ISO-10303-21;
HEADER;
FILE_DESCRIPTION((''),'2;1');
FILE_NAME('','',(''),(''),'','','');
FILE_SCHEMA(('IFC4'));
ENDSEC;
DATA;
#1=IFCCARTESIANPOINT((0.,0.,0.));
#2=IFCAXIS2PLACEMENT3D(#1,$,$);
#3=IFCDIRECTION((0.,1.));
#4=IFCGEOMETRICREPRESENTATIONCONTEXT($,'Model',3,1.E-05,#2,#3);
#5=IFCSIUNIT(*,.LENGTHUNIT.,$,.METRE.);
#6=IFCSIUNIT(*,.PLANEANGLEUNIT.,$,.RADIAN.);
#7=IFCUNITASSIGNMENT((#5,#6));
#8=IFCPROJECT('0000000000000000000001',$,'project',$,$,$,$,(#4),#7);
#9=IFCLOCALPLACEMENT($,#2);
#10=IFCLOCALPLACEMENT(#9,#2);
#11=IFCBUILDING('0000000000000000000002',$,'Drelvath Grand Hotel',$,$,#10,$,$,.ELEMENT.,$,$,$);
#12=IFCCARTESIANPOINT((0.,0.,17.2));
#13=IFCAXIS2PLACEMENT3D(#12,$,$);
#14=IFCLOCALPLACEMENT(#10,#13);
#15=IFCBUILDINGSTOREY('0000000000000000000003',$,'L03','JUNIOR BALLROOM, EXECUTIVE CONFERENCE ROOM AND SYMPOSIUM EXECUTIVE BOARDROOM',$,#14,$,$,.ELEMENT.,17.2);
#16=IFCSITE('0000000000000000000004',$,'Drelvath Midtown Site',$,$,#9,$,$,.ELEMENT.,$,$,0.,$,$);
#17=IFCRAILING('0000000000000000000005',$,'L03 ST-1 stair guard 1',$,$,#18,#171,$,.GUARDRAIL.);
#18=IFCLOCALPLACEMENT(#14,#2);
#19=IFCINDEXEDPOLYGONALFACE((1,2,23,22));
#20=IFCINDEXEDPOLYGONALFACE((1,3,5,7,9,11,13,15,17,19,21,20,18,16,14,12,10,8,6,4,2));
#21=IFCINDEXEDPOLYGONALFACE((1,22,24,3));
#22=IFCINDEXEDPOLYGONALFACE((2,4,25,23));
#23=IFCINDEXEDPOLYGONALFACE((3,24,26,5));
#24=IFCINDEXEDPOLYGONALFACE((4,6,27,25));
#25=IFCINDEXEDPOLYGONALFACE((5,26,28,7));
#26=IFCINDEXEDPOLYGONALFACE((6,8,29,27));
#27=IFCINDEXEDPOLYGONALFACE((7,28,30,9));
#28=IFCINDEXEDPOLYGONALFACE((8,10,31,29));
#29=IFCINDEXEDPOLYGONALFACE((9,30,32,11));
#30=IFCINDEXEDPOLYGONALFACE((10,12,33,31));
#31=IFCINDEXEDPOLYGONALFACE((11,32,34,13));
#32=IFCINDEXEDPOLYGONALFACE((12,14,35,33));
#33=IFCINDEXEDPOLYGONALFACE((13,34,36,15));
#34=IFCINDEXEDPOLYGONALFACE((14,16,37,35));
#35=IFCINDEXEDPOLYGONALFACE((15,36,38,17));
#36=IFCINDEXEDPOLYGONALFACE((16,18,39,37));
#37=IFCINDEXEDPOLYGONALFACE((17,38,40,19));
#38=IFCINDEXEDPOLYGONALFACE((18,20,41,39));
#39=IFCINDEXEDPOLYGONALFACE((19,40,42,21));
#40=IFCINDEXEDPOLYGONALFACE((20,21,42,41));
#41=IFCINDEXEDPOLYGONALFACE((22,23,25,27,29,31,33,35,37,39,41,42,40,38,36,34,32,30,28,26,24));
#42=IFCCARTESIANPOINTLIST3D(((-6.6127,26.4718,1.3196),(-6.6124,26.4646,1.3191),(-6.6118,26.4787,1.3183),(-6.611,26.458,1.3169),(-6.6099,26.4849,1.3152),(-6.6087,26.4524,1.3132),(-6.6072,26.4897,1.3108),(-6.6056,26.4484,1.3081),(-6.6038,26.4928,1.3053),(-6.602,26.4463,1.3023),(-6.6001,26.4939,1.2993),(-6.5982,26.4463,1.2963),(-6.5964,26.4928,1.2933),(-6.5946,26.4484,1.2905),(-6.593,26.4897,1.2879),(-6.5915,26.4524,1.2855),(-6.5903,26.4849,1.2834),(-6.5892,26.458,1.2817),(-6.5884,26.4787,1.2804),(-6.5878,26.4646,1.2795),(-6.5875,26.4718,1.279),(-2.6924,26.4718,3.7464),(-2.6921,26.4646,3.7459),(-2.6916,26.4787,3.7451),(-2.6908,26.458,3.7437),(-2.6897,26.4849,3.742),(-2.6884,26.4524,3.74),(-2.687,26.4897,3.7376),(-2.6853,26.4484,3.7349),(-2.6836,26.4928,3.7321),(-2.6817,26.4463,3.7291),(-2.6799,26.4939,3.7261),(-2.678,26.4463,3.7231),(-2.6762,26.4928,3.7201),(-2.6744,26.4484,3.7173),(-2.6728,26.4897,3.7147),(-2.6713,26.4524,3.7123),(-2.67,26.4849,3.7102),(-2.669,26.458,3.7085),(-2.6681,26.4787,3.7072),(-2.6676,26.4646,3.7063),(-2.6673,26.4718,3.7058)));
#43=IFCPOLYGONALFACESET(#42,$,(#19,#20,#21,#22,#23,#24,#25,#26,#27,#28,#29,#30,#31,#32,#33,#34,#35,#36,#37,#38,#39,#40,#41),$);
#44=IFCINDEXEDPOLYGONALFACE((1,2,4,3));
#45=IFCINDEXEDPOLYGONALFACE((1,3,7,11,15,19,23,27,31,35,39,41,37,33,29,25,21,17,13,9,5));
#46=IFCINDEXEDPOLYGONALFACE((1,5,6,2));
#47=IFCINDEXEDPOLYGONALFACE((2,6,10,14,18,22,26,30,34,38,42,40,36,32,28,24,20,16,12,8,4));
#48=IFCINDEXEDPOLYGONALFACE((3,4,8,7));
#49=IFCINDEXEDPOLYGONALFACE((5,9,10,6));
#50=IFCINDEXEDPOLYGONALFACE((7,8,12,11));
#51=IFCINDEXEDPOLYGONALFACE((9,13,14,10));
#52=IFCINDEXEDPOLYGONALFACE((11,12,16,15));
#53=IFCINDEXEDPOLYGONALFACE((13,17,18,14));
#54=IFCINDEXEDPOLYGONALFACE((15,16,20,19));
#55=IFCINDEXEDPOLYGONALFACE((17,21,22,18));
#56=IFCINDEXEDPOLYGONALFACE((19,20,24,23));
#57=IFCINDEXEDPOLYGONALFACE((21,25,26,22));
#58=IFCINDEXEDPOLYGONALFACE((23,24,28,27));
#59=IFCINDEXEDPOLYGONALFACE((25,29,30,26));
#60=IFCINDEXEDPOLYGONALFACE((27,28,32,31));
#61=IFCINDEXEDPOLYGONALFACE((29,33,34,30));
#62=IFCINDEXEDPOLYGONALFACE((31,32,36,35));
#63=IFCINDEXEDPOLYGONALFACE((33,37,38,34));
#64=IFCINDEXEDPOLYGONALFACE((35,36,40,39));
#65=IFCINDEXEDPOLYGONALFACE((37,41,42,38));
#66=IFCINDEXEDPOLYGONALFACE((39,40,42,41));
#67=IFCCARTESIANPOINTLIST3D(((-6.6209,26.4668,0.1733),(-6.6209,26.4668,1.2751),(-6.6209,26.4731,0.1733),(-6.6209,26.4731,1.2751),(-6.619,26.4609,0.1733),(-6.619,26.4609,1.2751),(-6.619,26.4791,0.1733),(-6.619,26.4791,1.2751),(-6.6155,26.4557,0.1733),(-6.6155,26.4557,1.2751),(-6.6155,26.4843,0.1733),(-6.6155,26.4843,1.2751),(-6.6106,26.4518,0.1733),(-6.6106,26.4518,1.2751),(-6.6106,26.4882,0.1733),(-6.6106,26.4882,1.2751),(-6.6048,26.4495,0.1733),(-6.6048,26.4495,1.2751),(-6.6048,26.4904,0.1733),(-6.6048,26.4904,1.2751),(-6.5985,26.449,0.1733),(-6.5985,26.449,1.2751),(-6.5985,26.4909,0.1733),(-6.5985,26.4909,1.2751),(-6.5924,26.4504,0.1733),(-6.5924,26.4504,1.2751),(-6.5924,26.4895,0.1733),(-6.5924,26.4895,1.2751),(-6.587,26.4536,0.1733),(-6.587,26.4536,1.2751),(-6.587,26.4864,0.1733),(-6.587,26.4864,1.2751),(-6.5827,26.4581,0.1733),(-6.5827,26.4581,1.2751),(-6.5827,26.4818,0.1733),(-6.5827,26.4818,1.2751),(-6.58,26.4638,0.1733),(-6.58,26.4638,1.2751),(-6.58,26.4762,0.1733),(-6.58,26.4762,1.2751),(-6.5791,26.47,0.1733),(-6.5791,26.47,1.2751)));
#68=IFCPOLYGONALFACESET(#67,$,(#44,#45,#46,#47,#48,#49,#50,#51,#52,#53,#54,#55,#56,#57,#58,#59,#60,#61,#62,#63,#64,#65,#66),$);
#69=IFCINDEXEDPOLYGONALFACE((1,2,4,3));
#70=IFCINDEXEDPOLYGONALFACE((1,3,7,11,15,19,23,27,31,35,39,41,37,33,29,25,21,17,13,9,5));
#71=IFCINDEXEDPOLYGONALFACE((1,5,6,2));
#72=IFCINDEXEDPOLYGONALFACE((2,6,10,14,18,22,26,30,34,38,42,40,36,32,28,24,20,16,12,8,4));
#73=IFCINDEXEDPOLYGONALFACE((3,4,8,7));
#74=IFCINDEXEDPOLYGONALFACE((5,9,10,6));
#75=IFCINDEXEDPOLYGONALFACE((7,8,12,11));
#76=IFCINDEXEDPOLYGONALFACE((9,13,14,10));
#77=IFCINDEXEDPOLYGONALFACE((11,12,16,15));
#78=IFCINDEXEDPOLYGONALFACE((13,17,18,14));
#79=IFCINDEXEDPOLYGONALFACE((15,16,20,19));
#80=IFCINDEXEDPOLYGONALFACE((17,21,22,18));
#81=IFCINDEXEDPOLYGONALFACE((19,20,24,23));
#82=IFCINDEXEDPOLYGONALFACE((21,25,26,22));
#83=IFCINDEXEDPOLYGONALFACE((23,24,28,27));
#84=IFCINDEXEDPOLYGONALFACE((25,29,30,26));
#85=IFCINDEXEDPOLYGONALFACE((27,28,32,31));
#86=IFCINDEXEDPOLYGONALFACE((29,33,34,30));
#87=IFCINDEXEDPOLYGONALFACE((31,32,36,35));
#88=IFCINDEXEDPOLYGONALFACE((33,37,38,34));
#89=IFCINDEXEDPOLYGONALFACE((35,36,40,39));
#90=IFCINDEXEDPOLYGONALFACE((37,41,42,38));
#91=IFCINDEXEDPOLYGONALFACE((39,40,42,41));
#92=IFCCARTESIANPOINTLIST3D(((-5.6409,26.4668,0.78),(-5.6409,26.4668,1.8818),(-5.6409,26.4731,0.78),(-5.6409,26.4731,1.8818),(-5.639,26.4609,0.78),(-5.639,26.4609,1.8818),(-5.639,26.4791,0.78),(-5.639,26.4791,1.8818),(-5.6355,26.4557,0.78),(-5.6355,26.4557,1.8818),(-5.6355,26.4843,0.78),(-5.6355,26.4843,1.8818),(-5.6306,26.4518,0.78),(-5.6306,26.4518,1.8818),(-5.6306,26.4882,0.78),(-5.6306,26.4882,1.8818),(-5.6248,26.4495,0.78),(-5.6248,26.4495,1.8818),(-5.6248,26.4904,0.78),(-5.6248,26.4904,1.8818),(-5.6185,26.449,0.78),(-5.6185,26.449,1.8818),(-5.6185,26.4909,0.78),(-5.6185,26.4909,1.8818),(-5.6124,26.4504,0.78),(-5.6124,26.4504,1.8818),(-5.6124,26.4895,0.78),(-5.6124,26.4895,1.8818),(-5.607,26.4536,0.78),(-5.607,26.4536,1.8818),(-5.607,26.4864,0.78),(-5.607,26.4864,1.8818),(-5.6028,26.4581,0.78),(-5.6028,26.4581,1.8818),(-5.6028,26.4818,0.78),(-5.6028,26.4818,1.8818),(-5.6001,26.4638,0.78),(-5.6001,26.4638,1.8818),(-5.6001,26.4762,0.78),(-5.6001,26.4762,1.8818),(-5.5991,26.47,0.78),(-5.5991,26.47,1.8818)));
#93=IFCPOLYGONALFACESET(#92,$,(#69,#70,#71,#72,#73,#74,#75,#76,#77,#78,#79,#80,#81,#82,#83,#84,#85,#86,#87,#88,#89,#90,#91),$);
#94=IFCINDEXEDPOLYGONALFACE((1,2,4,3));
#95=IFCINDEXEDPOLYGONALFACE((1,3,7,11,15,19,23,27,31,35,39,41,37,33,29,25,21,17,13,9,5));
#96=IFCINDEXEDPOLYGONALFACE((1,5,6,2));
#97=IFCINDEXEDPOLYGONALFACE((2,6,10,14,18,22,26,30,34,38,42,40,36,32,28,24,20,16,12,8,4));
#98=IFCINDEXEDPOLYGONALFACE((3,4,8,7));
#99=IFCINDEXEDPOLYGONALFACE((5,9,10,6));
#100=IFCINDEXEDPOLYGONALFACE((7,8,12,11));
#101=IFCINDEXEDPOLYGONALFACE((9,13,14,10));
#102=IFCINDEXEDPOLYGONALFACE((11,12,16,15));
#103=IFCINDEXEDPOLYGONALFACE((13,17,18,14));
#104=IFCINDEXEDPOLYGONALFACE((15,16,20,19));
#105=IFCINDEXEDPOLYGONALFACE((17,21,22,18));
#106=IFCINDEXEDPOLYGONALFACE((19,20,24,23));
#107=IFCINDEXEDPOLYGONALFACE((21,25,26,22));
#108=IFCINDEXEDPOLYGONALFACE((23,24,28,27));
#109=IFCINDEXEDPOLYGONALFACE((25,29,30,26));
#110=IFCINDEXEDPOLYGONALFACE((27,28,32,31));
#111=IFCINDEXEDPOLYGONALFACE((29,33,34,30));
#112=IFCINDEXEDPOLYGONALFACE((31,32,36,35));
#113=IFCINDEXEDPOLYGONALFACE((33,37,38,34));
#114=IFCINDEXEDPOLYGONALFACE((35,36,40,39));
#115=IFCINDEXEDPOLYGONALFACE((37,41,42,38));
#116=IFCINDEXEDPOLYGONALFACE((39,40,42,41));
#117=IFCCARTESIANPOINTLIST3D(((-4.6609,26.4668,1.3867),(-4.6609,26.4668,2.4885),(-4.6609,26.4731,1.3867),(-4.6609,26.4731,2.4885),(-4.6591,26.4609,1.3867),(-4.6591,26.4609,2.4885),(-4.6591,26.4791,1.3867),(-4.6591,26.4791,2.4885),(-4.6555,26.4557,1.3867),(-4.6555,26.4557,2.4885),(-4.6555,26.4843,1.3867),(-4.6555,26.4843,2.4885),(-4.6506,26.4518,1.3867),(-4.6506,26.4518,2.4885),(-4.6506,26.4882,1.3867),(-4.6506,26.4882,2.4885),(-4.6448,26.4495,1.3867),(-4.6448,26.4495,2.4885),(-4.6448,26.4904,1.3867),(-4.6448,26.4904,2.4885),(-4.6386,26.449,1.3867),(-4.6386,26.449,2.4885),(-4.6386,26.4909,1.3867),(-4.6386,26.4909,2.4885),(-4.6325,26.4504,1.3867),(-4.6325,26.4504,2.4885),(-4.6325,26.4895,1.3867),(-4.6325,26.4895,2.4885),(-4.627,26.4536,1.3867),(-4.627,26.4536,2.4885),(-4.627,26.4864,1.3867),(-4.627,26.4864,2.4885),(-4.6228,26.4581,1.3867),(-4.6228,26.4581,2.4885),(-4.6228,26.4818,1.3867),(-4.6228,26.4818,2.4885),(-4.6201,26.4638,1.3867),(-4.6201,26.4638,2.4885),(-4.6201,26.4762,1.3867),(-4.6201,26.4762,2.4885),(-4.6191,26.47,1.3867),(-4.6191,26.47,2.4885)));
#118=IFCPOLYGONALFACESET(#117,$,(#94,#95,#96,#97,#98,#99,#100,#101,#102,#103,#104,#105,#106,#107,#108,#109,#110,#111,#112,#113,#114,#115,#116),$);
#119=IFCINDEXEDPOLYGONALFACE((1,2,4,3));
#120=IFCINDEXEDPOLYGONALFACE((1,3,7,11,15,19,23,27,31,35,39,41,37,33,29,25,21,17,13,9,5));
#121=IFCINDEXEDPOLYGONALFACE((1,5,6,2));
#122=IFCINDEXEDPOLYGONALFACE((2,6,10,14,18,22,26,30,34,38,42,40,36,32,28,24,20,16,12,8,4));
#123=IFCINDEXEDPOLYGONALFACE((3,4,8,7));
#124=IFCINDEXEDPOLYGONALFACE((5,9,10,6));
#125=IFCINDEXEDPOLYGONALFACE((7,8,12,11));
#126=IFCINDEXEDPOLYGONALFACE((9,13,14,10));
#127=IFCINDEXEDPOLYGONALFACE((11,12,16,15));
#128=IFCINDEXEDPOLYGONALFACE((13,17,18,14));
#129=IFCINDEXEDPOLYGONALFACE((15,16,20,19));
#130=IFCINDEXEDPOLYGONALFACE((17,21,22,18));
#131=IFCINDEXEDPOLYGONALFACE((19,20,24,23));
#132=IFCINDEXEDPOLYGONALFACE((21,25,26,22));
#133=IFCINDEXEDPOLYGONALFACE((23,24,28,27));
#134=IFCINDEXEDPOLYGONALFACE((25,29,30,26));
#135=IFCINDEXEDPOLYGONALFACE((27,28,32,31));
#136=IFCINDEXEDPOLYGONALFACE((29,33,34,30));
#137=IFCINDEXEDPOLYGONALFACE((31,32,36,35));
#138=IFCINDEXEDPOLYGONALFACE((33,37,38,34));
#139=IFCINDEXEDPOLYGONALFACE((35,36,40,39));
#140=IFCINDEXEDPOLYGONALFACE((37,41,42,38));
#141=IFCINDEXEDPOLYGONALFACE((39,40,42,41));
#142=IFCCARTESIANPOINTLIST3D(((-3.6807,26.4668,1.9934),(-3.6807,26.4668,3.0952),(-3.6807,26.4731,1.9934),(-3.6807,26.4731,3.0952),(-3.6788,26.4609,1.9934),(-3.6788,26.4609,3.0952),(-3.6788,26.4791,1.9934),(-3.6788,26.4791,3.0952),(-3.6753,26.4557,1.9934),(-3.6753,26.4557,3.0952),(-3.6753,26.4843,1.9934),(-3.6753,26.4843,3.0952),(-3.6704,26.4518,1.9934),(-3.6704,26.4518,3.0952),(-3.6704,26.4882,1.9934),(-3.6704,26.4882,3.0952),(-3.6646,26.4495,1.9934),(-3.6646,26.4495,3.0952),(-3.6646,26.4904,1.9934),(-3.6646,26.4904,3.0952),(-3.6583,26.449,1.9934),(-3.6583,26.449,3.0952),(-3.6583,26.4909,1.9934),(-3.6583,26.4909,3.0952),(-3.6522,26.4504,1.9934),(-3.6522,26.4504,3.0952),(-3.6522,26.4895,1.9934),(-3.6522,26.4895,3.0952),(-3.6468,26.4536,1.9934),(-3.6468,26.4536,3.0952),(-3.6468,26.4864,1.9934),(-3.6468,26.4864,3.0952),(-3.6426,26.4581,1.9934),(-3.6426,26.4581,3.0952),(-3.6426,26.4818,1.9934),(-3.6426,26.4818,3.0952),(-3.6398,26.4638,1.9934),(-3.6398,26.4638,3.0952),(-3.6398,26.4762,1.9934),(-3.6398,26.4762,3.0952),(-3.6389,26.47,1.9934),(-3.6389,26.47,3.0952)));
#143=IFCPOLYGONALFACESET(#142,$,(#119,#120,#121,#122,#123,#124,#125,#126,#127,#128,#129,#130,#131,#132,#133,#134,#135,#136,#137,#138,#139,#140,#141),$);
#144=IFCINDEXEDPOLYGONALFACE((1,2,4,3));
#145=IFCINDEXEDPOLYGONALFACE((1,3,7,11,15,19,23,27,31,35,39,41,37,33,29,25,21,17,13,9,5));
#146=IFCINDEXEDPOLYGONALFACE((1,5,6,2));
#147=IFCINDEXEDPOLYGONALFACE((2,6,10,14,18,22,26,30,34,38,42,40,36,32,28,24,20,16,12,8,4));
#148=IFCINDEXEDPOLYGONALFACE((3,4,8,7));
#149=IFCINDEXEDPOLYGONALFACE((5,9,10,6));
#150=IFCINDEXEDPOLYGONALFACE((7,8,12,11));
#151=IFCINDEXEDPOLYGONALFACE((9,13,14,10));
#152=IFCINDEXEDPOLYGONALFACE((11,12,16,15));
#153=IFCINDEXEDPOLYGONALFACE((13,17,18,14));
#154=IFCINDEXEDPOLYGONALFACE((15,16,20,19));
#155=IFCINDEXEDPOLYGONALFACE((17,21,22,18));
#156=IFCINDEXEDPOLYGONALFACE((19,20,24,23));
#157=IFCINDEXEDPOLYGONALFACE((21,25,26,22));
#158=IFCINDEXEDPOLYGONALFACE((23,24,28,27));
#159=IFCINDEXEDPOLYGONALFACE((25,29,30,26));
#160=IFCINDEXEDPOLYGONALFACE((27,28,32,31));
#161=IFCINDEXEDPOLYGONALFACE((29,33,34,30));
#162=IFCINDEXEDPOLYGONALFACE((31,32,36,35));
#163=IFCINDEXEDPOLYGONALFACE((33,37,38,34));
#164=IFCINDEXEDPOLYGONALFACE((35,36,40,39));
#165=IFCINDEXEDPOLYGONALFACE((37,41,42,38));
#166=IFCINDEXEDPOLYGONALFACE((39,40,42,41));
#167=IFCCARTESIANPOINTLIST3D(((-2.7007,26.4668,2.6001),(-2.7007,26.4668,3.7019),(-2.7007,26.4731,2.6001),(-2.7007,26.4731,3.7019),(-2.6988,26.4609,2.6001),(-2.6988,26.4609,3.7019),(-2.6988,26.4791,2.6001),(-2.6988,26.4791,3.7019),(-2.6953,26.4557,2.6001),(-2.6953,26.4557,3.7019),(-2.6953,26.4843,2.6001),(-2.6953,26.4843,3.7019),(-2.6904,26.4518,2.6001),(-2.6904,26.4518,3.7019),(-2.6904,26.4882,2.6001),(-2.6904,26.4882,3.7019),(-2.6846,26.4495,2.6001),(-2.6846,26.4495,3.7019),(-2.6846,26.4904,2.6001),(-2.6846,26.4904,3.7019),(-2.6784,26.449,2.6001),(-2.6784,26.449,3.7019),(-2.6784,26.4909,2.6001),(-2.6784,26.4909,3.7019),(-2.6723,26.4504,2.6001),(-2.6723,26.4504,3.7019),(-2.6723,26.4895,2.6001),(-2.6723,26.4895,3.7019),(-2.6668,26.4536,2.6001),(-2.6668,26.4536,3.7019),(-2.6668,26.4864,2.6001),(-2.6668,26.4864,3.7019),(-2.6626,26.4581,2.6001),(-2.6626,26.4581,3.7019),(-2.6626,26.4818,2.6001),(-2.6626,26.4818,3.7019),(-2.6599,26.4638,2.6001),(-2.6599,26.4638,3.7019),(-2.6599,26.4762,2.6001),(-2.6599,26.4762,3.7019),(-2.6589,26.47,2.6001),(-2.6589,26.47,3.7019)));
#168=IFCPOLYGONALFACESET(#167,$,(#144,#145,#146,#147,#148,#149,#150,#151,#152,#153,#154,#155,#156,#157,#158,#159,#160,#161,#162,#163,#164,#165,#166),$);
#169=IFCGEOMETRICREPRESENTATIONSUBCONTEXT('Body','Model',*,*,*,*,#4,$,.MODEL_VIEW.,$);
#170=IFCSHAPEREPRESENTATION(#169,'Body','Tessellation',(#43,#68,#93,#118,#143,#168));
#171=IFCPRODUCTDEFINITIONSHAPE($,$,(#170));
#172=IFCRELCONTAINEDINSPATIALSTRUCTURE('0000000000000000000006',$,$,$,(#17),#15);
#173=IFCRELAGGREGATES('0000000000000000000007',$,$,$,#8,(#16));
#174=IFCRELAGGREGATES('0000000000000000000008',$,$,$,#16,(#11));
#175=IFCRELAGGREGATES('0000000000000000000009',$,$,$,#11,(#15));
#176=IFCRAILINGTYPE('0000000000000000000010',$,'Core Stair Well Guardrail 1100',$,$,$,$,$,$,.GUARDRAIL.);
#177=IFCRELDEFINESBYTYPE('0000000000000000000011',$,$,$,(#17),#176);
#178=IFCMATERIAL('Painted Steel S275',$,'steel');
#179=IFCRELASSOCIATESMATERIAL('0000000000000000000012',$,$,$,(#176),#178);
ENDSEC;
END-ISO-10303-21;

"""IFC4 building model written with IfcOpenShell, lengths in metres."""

from ifc_helpers import new_model, si_unit, direction, frame, origin, origin_2d, place, context, subcontext, project, spatial, circle, extrude, material, type_object, element, save


model = new_model("IFC4")

# Units and contexts
model_context = context("Model", 3, precision=1e-05, world=origin(), true_north=direction((0.0, 1.0)))
body_context = subcontext(model_context, "Body", "Model", "MODEL_VIEW")
ifc_project = project(units=[si_unit("LENGTHUNIT", "METRE"), si_unit("PLANEANGLEUNIT", "RADIAN")], contexts=[model_context])

# Site, building, storey
site_placement = place(None, origin())
site = spatial("IfcSite", under=ifc_project, at=site_placement, Name="Drelvath Midtown Site", CompositionType="ELEMENT", RefElevation=0.0)
building_placement = place(site_placement, origin())
building = spatial("IfcBuilding", under=site, at=building_placement, Name="Drelvath Grand Hotel", CompositionType="ELEMENT")
storey_placement = place(building_placement, frame((0.0, 0.0, 17.2)))
storey = spatial("IfcBuildingStorey", under=building, at=storey_placement, Name="L03", Description="JUNIOR BALLROOM, EXECUTIVE CONFERENCE ROOM AND SYMPOSIUM EXECUTIVE BOARDROOM", CompositionType="ELEMENT", Elevation=17.2)

# Shared definitions
ifc_material_1 = material(Name="Painted Steel S275", Category="steel")

# Railing
railing_type_1 = type_object("IfcRailingType", Name="Core Stair Well Guardrail 1100", PredefinedType="GUARDRAIL", material=ifc_material_1)
railing_1_placement = place(storey_placement, frame((-6.6001, 26.47, 0.1733)))
element("IfcRailing", 1, at=railing_1_placement, inside=storey, type_object=railing_type_1, Name="L03 ST-1 stair guard 1", PredefinedType="GUARDRAIL", context=body_context, shape_type="SweptSolid", body=[
    extrude(circle(Radius=0.0239, at=origin_2d()), frame((0.0, 0.0, 1.126), z_axis=(0.850266, 0.0, 0.526353), x_axis=(0.0, 1.0, 0.0)), (0.0, 0.0, 1.0), 4.6106),
    extrude(circle(Radius=0.021, at=origin_2d()), origin(), (0.0, 0.0, 1.0), 1.1018),
    extrude(circle(Radius=0.021, at=origin_2d()), frame((0.98, 0.0, 0.6067)), (0.0, 0.0, 1.0), 1.1018),
    extrude(circle(Radius=0.021, at=origin_2d()), frame((1.96, 0.0, 1.2134)), (0.0, 0.0, 1.0), 1.1018),
    extrude(circle(Radius=0.021, at=origin_2d()), frame((2.9402, 0.0, 1.8201)), (0.0, 0.0, 1.0), 1.1018),
    extrude(circle(Radius=0.021, at=origin_2d()), frame((3.9202, 0.0, 2.4268)), (0.0, 0.0, 1.0), 1.1018),
])

save(model, "model.ifc")
